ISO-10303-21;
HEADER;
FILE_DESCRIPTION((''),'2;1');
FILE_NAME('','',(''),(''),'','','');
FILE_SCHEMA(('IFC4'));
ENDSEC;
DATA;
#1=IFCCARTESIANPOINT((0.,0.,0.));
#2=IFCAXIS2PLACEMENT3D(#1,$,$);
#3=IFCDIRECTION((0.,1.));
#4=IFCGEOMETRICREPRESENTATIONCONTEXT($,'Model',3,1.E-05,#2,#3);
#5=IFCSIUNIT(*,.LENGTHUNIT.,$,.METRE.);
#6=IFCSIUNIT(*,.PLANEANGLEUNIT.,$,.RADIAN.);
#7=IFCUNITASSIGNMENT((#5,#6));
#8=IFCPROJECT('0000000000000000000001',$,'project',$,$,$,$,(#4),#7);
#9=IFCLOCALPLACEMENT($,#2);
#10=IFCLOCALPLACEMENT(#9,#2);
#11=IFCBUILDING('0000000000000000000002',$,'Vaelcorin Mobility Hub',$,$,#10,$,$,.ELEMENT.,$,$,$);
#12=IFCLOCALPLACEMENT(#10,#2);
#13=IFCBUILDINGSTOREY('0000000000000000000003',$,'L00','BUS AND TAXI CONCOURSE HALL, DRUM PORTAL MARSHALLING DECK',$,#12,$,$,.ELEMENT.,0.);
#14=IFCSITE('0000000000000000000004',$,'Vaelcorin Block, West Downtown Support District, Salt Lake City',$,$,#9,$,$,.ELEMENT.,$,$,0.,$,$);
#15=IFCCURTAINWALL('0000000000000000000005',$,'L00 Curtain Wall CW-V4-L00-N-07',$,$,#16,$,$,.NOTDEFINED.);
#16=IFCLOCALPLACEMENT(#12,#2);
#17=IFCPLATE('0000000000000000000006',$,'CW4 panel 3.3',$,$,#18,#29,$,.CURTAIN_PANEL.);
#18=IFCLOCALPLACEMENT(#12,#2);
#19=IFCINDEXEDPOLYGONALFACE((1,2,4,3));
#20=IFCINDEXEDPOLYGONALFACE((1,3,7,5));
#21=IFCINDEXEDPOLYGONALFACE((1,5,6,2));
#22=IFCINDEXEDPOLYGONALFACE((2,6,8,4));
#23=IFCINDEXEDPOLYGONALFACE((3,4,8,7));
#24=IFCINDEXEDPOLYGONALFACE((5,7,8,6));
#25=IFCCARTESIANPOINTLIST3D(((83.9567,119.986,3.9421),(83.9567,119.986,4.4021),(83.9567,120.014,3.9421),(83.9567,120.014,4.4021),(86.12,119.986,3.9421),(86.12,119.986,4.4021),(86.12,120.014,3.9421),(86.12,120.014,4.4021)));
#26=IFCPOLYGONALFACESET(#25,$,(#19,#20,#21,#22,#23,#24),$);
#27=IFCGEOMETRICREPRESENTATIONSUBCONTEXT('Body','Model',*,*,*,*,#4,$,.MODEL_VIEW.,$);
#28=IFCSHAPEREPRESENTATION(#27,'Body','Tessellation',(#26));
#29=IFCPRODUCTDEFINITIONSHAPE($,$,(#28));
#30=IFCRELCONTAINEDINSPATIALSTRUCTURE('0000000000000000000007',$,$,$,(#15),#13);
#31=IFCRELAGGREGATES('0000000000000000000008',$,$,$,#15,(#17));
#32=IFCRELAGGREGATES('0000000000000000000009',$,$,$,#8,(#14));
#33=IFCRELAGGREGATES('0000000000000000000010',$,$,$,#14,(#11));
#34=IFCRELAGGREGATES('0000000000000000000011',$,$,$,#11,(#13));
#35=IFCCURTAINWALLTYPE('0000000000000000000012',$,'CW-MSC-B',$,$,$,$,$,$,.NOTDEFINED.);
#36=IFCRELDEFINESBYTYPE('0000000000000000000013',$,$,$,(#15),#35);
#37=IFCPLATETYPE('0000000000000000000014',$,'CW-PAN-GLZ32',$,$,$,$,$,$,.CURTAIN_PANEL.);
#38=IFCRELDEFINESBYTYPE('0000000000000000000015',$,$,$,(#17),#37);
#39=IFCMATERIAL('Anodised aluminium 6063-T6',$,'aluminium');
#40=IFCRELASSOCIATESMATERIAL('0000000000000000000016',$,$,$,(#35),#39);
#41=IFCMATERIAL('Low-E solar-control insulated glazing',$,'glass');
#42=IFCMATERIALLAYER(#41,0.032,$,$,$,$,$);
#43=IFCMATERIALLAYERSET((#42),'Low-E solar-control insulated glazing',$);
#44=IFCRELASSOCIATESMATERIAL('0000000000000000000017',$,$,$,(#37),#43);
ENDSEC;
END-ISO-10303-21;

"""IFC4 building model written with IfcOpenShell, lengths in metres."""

from ifc_helpers import new_model, si_unit, direction, frame, origin, origin_2d, place, context, subcontext, project, spatial, rectangle, extrude, material, layer, layer_set, type_object, element, aggregate, save


model = new_model("IFC4")

# Units and contexts
model_context = context("Model", 3, precision=1e-05, world=origin(), true_north=direction((0.0, 1.0)))
body_context = subcontext(model_context, "Body", "Model", "MODEL_VIEW")
ifc_project = project(units=[si_unit("LENGTHUNIT", "METRE"), si_unit("PLANEANGLEUNIT", "RADIAN")], contexts=[model_context])

# Site, building, storey
site_placement = place(None, origin())
site = spatial("IfcSite", under=ifc_project, at=site_placement, Name="Vaelcorin Block, West Downtown Support District, Salt Lake City", CompositionType="ELEMENT", RefElevation=0.0)
building_placement = place(site_placement, origin())
building = spatial("IfcBuilding", under=site, at=building_placement, Name="Vaelcorin Mobility Hub", CompositionType="ELEMENT")
storey_placement = place(building_placement, origin())
storey = spatial("IfcBuildingStorey", under=building, at=storey_placement, Name="L00", Description="BUS AND TAXI CONCOURSE HALL, DRUM PORTAL MARSHALLING DECK", CompositionType="ELEMENT", Elevation=0.0)

# Curtain wall
ifc_material_1 = material(Name="Anodised aluminium 6063-T6", Category="aluminium")
curtain_wall_type = type_object("IfcCurtainWallType", Name="CW-MSC-B", PredefinedType="NOTDEFINED", material=ifc_material_1)
curtain_wall_1_placement = place(storey_placement, origin())
curtain_wall_1 = element("IfcCurtainWall", 1, at=curtain_wall_1_placement, inside=storey, type_object=curtain_wall_type, Name="L00 Curtain Wall CW-V4-L00-N-07", PredefinedType="NOTDEFINED")

# Plate
ifc_material_2 = material(Name="Low-E solar-control insulated glazing", Category="glass")
ifc_layer = layer(ifc_material_2, 0.032)
ifc_layer_set = layer_set([ifc_layer], Name="Low-E solar-control insulated glazing")
plate_type = type_object("IfcPlateType", Name="CW-PAN-GLZ32", PredefinedType="CURTAIN_PANEL", material=ifc_layer_set)
plate_1_placement = place(storey_placement, frame((85.0383, 120.0, 3.9421), z_axis=(0.0, 0.0, 1.0), x_axis=(1.0, 0.0, 0.0)))
plate_1 = element("IfcPlate", 2, at=plate_1_placement, type_object=plate_type, Name="CW4 panel 3.3", PredefinedType="CURTAIN_PANEL", context=body_context, shape_type="SweptSolid", body=[
    extrude(rectangle(XDim=2.1633, YDim=0.0281, at=origin_2d()), origin(), (0.0, 0.0, 1.0), 0.46),
])
aggregate(curtain_wall_1, [plate_1])

save(model, "model.ifc")
